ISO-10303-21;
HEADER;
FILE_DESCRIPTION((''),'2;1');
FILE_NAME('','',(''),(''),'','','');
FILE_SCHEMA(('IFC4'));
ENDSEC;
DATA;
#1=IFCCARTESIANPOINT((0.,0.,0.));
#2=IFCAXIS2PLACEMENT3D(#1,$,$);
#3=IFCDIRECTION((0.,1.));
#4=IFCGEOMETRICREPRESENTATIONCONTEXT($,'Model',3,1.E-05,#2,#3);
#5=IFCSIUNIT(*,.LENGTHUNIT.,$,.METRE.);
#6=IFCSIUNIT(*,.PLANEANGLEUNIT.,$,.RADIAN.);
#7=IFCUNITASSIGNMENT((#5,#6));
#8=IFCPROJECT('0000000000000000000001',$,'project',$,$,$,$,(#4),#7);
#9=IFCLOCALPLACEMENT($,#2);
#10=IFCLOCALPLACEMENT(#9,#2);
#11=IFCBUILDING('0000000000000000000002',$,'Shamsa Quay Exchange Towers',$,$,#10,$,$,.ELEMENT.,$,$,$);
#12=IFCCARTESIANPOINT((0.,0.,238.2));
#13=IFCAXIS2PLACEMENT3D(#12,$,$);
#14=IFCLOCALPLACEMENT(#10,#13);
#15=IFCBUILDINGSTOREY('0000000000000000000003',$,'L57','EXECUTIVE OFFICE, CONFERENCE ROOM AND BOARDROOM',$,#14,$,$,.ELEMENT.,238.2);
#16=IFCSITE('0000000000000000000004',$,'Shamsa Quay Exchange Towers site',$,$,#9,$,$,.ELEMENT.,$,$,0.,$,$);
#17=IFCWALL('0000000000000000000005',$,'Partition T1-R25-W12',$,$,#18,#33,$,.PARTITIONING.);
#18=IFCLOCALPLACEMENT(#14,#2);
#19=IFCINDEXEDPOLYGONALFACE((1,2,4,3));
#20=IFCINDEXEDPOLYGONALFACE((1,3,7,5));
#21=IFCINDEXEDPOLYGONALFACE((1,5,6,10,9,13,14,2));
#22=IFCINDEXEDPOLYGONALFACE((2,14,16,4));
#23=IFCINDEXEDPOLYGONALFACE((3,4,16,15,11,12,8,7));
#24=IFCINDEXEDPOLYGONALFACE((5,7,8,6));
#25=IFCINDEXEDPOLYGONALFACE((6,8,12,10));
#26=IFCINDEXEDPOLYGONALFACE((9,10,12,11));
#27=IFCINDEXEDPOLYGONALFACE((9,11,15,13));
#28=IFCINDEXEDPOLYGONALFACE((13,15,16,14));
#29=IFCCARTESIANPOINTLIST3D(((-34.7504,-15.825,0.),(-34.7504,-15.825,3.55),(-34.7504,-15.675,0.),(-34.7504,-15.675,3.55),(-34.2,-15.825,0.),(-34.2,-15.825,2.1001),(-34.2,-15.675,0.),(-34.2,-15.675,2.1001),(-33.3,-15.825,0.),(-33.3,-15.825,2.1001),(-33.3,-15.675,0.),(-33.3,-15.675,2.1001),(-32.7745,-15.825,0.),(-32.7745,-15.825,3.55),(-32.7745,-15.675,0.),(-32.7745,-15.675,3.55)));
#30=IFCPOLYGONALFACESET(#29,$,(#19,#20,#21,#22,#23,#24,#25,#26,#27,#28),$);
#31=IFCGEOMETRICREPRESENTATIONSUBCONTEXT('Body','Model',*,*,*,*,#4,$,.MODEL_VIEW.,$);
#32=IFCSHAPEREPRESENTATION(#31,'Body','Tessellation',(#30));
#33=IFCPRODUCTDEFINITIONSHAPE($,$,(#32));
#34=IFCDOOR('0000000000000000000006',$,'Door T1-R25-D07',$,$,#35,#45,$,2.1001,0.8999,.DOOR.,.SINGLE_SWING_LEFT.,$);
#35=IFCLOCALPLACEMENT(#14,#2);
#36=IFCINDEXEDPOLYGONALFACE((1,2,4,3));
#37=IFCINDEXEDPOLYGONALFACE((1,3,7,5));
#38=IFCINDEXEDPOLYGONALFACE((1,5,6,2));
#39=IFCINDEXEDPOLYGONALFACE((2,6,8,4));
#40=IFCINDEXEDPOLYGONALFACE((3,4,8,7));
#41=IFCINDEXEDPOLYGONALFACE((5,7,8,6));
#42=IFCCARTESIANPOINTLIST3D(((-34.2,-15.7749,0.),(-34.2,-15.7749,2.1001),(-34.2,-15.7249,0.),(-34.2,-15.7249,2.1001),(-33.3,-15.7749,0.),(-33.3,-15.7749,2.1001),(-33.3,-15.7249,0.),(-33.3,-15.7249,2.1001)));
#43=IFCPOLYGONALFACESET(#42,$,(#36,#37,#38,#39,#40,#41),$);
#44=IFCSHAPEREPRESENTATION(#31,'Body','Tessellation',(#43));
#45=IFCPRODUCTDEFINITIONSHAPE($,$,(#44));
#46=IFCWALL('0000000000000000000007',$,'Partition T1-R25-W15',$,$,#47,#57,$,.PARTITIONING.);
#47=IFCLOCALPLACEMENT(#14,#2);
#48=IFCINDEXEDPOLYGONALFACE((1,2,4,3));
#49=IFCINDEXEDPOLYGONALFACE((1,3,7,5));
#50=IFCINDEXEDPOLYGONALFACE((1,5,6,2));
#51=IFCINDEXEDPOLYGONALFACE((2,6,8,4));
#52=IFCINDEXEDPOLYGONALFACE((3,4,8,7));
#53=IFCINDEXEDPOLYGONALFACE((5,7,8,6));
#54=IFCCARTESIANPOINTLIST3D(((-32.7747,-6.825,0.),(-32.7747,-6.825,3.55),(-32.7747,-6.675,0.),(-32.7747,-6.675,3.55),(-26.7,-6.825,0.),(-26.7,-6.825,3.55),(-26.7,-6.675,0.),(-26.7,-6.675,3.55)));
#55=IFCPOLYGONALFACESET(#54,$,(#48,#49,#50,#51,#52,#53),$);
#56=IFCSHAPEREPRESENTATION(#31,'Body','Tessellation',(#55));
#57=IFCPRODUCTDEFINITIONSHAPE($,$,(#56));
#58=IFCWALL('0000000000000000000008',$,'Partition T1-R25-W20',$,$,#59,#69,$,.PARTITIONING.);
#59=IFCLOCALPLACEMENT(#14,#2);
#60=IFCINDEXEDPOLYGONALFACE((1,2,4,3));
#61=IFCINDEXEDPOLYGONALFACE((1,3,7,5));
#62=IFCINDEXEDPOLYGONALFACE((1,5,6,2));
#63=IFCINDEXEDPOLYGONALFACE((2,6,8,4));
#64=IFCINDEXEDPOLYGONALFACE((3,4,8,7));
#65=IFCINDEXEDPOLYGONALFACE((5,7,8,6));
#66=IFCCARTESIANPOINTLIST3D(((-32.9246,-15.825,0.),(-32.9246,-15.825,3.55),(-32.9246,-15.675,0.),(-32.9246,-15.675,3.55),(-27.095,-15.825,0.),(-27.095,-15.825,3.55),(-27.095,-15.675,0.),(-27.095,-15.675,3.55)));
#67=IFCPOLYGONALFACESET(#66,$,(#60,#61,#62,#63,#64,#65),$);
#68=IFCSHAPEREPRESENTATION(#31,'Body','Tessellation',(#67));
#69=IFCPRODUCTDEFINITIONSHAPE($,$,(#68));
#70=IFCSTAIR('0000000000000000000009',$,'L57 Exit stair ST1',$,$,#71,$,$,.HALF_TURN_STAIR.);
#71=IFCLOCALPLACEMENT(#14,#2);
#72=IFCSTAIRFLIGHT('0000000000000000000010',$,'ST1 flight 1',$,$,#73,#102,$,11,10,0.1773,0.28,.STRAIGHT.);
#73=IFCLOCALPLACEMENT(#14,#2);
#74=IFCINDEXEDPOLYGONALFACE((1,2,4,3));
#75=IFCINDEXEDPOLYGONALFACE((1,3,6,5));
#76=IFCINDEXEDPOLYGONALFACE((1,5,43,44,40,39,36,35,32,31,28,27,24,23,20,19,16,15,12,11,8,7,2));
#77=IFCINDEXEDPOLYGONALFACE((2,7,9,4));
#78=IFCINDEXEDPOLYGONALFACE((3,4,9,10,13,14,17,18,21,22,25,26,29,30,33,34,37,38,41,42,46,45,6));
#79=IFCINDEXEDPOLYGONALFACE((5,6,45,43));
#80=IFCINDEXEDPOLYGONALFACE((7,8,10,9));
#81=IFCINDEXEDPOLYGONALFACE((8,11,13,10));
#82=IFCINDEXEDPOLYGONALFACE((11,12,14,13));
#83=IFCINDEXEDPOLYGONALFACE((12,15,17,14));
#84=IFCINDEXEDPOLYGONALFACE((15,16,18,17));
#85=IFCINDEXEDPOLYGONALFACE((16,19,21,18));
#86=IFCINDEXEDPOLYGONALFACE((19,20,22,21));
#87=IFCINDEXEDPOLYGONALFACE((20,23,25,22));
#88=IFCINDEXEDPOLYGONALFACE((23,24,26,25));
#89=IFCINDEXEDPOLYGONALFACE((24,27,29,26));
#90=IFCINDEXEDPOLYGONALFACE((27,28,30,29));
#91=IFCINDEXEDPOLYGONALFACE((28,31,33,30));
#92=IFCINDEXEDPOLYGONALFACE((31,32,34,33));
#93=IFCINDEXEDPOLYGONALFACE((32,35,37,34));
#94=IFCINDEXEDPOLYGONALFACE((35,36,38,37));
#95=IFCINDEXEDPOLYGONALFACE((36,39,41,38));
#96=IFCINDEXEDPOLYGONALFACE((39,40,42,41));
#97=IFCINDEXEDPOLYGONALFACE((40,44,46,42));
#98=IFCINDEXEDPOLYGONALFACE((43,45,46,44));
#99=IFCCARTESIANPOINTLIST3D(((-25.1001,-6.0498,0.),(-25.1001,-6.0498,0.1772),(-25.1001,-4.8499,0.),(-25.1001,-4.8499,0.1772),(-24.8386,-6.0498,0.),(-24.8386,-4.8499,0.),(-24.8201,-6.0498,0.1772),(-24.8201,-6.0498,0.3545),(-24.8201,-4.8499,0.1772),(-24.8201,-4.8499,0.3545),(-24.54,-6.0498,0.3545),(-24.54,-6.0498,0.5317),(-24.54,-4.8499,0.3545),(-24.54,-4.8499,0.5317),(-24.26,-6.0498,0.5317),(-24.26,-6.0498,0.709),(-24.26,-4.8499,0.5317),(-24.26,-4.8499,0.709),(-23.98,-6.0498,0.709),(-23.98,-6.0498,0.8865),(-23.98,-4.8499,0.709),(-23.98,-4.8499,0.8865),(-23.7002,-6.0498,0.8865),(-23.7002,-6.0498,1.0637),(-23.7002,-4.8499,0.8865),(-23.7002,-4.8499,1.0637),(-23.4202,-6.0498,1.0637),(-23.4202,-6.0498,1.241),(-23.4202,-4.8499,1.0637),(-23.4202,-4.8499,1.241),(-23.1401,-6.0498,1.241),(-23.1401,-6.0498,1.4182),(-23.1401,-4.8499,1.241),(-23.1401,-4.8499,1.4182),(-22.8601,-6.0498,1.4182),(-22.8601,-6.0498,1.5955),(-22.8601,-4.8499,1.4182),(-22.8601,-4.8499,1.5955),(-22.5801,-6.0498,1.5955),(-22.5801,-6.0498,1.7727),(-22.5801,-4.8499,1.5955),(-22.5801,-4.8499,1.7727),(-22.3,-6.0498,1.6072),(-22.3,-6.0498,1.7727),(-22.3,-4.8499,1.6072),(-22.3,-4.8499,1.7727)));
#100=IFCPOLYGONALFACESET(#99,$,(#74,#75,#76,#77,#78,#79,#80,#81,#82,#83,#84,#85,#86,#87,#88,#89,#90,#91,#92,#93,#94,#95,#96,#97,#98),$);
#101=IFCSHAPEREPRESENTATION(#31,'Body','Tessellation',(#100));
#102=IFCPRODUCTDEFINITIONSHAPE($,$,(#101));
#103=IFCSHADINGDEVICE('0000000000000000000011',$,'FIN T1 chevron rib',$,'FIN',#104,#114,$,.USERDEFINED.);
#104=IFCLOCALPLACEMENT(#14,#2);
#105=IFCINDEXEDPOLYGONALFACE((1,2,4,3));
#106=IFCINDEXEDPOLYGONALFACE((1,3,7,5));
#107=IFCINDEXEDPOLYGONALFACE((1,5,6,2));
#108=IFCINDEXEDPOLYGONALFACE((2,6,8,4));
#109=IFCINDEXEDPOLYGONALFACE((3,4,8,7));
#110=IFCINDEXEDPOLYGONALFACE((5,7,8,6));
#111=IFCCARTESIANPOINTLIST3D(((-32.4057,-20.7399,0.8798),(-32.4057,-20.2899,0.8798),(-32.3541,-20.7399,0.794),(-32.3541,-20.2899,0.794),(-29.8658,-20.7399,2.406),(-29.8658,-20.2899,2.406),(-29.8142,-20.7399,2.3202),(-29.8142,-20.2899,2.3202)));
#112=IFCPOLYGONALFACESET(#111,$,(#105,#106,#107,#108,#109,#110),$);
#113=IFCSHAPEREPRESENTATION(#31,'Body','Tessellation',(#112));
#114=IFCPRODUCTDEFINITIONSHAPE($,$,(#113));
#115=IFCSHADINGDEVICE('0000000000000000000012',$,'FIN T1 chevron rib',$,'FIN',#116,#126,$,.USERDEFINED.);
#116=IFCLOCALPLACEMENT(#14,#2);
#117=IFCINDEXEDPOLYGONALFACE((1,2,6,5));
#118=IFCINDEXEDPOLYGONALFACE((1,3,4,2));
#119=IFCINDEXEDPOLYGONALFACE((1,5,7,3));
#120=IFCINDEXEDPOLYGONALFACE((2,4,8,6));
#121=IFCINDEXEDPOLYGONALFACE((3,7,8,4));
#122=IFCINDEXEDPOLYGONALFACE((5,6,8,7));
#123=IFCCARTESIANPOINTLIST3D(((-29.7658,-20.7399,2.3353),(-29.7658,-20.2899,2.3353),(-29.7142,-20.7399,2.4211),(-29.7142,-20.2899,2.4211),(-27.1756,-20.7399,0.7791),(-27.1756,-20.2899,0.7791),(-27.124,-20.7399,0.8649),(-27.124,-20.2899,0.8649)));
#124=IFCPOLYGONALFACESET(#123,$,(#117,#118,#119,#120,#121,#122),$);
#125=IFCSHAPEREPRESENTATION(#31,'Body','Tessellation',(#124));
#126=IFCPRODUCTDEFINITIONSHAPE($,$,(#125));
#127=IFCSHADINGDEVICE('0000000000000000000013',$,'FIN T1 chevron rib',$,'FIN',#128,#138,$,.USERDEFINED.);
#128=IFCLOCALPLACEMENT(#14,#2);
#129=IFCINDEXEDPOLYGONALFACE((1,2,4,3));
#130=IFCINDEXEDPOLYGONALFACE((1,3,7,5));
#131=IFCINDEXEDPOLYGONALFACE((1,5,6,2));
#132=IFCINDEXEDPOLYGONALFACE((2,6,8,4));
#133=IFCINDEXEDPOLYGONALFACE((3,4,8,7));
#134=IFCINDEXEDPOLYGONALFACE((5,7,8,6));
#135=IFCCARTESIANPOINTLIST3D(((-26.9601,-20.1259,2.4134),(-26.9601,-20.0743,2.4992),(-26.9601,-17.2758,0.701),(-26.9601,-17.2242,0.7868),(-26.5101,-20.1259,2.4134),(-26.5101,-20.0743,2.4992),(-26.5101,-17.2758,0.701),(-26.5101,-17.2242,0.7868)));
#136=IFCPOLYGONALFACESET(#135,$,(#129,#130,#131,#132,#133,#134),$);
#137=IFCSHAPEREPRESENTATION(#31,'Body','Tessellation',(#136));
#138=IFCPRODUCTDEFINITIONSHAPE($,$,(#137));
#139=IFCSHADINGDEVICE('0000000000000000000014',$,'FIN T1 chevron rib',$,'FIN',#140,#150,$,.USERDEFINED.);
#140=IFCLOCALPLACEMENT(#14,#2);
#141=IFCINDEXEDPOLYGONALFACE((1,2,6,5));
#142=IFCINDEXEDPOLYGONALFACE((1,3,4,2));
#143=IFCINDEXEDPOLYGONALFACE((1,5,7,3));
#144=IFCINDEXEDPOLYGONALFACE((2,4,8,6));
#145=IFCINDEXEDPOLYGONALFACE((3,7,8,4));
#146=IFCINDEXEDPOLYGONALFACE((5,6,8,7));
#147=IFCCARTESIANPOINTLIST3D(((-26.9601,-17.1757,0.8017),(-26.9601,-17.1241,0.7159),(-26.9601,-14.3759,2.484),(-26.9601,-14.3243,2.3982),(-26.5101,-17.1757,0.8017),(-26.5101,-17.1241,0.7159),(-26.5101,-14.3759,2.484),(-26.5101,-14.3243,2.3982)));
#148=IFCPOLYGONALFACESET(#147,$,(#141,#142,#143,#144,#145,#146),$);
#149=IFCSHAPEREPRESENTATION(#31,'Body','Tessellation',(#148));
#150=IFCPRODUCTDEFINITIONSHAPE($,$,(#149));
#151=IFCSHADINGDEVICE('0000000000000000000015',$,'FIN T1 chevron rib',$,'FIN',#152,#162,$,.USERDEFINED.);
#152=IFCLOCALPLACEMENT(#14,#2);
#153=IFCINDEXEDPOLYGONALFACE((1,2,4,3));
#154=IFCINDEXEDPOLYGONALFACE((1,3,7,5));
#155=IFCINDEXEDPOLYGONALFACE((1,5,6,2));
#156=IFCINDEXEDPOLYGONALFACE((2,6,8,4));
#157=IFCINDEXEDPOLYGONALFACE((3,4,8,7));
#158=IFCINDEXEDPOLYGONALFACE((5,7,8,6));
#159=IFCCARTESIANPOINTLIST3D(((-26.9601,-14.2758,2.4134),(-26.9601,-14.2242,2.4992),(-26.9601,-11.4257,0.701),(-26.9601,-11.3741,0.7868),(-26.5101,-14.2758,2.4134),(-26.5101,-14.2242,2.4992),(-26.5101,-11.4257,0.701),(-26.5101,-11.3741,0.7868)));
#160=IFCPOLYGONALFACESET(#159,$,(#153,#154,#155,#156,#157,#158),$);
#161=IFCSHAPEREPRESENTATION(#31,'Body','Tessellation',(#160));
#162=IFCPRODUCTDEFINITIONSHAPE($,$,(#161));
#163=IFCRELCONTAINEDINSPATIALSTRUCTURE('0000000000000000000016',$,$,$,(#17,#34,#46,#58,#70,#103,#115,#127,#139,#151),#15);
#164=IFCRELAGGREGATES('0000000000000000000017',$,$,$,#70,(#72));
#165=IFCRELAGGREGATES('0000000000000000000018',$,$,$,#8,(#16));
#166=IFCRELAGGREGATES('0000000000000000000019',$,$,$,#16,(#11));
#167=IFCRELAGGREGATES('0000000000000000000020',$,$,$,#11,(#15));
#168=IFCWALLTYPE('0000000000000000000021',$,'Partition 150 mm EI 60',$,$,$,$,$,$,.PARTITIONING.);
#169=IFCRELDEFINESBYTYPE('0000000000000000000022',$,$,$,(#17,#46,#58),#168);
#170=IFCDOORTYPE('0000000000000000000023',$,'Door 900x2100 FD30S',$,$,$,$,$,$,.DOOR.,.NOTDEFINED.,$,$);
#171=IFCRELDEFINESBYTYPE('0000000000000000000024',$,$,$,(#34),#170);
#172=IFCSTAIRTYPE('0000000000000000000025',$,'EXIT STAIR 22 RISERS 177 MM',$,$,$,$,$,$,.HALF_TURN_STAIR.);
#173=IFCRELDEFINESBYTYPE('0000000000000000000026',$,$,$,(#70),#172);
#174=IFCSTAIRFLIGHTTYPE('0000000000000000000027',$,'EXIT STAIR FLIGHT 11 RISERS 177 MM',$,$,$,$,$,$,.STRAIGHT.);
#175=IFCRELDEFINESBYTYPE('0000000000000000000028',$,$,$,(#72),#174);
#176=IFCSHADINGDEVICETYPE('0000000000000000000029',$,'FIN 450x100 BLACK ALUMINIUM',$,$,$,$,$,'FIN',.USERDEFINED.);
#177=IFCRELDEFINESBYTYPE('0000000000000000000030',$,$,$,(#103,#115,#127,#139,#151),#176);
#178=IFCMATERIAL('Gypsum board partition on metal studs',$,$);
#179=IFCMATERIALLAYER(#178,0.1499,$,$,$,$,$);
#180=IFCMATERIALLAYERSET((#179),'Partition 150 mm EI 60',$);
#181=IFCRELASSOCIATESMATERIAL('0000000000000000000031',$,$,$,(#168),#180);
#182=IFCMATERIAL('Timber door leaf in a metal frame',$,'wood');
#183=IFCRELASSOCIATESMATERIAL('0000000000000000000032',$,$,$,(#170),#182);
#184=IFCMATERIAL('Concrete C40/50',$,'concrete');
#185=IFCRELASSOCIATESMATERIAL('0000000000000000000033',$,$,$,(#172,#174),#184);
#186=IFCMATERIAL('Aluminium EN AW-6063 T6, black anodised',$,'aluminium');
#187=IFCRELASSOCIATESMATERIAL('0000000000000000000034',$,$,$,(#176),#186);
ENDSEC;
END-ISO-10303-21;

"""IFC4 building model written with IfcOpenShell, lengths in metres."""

from ifc_helpers import new_model, si_unit, direction, frame, frame_2d, origin, origin_2d, place, context, subcontext, project, spatial, polyline, rectangle, outline, extrude, material, layer, layer_set, material_profile, profile_set, type_object, element, fill, aggregate, save


model = new_model("IFC4")

# Units and contexts
model_context = context("Model", 3, precision=1e-05, world=origin(), true_north=direction((0.0, 1.0)))
body_context = subcontext(model_context, "Body", "Model", "MODEL_VIEW")
ifc_project = project(units=[si_unit("LENGTHUNIT", "METRE"), si_unit("PLANEANGLEUNIT", "RADIAN")], contexts=[model_context])

# Site, building, storey
site_placement = place(None, origin())
site = spatial("IfcSite", under=ifc_project, at=site_placement, Name="Shamsa Quay Exchange Towers site", CompositionType="ELEMENT", RefElevation=0.0)
building_placement = place(site_placement, origin())
building = spatial("IfcBuilding", under=site, at=building_placement, Name="Shamsa Quay Exchange Towers", CompositionType="ELEMENT")
storey_placement = place(building_placement, frame((0.0, 0.0, 238.2)))
storey = spatial("IfcBuildingStorey", under=building, at=storey_placement, Name="L57", Description="EXECUTIVE OFFICE, CONFERENCE ROOM AND BOARDROOM", CompositionType="ELEMENT", Elevation=238.2)

# Shared definitions
ifc_material_1 = material(Name="Aluminium EN AW-6063 T6, black anodised", Category="aluminium")

# Shared definitions
ifc_material_2 = material(Name="Timber door leaf in a metal frame", Category="wood")

# Wall, opening, door
ifc_material_3 = material(Name="Gypsum board partition on metal studs")
ifc_layer_1 = layer(ifc_material_3, 0.1499)
ifc_layer_set_1 = layer_set([ifc_layer_1], Name="Partition 150 mm EI 60")
wall_type_1 = type_object("IfcWallType", Name="Partition 150 mm EI 60", PredefinedType="PARTITIONING", material=ifc_layer_set_1)
wall_1_placement = place(storey_placement, frame((-32.7747, -15.75, 0.0), z_axis=(0.0, 0.0, 1.0), x_axis=(-1.0, 0.0, 0.0)))
wall_1 = element("IfcWall", 1, at=wall_1_placement, inside=storey, type_object=wall_type_1, Name="Partition T1-R25-W12", PredefinedType="PARTITIONING", context=body_context, shape_type="SweptSolid", body=[
    extrude(rectangle(XDim=1.9758, YDim=0.1499, at=frame_2d((0.9878, 0.0))), origin(), (0.0, 0.0, 1.0), 3.55),
])
opening_1_placement = place(wall_1_placement, frame((0.5254, 0.0, 0.0)))
opening_1 = element("IfcOpeningElement", 2, at=opening_1_placement, cuts=wall_1, PredefinedType="OPENING", context=body_context, shape_type="SweptSolid", body=[
    extrude(rectangle(XDim=0.8999, YDim=2.1001, at=frame_2d((0.45, 1.05))), frame((0.0, 0.085, 0.0), z_axis=(0.0, -1.0, 0.0), x_axis=(1.0, 0.0, 0.0)), (0.0, 0.0, 1.0), 0.1699),
])
door_type_1 = type_object("IfcDoorType", Name="Door 900x2100 FD30S", OperationType="NOTDEFINED", PredefinedType="DOOR", material=ifc_material_2)
door_1_placement = place(opening_1_placement, origin())
door_1 = element("IfcDoor", 3, at=door_1_placement, inside=storey, type_object=door_type_1, Name="Door T1-R25-D07", OperationType="SINGLE_SWING_LEFT", OverallHeight=2.1001, OverallWidth=0.8999, PredefinedType="DOOR", context=body_context, shape_type="SweptSolid", body=[
    extrude(rectangle(XDim=0.8999, YDim=2.1001, at=frame_2d((0.45, 1.05))), frame((0.0, 0.0249, 0.0), z_axis=(0.0, -1.0, 0.0), x_axis=(1.0, 0.0, 0.0)), (0.0, 0.0, 1.0), 0.05),
])
fill(opening_1, door_1)

# Walls
wall_2_placement = place(storey_placement, frame((-32.7747, -6.75, 0.0)))
element("IfcWall", 4, at=wall_2_placement, inside=storey, type_object=wall_type_1, Name="Partition T1-R25-W15", PredefinedType="PARTITIONING", context=body_context, shape_type="SweptSolid", body=[
    extrude(rectangle(XDim=6.0747, YDim=0.1499, at=frame_2d((3.0374, 0.0))), origin(), (0.0, 0.0, 1.0), 3.55),
])
wall_3_placement = place(storey_placement, frame((-32.9246, -15.75, 0.0)))
element("IfcWall", 5, at=wall_3_placement, inside=storey, type_object=wall_type_1, Name="Partition T1-R25-W20", PredefinedType="PARTITIONING", context=body_context, shape_type="SweptSolid", body=[
    extrude(rectangle(XDim=5.8296, YDim=0.1499, at=frame_2d((2.9148, 0.0))), origin(), (0.0, 0.0, 1.0), 3.55),
])

# Stair, stair flight
ifc_material_4 = material(Name="Concrete C40/50", Category="concrete")
stair_type = type_object("IfcStairType", Name="EXIT STAIR 22 RISERS 177 MM", PredefinedType="HALF_TURN_STAIR", material=ifc_material_4)
stair_placement = place(storey_placement, origin())
stair = element("IfcStair", 6, at=stair_placement, inside=storey, type_object=stair_type, Name="L57 Exit stair ST1", PredefinedType="HALF_TURN_STAIR")
stair_flight_type = type_object("IfcStairFlightType", Name="EXIT STAIR FLIGHT 11 RISERS 177 MM", PredefinedType="STRAIGHT", material=ifc_material_4)
stair_flight_placement = place(storey_placement, frame((-25.1001, -5.45, 0.0)))
stair_flight = element("IfcStairFlight", 7, at=stair_flight_placement, type_object=stair_flight_type, Name="ST1 flight 1", NumberOfRisers=11, NumberOfTreads=10, PredefinedType="STRAIGHT", RiserHeight=0.1773, TreadLength=0.28, context=body_context, shape_type="SweptSolid", body=[
    extrude(outline(polyline([(0.0, 0.0), (0.0, 0.1772), (0.28, 0.1772), (0.28, 0.3545), (0.5601, 0.3545), (0.5601, 0.5317), (0.8401, 0.5317), (0.8401, 0.709), (1.1201, 0.709), (1.1201, 0.8865), (1.3999, 0.8865), (1.3999, 1.0637), (1.6799, 1.0637), (1.6799, 1.241), (1.96, 1.241), (1.96, 1.4182), (2.24, 1.4182), (2.24, 1.5955), (2.52, 1.5955), (2.52, 1.7727), (2.8, 1.7727), (2.8, 1.95), (2.8, 1.6072), (0.2615, 0.0), (0.0, 0.0)])), frame((0.0, 0.6001, 0.0), z_axis=(0.0, -1.0, 0.0), x_axis=(1.0, 0.0, 0.0)), (0.0, 0.0, 1.0), 1.2),
])
aggregate(stair, [stair_flight])

# Shading devices
ifc_material_profile_1 = material_profile(ifc_material_1, rectangle(XDim=0.45, YDim=0.1001, at=origin_2d()), Name="FIN450x100")
ifc_profile_set_1 = profile_set([ifc_material_profile_1], Name="Aluminium EN AW-6063 T6, black anodised")
shading_device_type = type_object("IfcShadingDeviceType", Name="FIN 450x100 BLACK ALUMINIUM", ElementType="FIN", PredefinedType="USERDEFINED", material=ifc_profile_set_1)
shading_device_1_placement = place(storey_placement, frame((-32.3799, -20.5149, 0.8369), z_axis=(0.857158, 0.0, 0.515053), x_axis=(0.0, 1.0, 0.0)))
element("IfcShadingDevice", 8, at=shading_device_1_placement, inside=storey, type_object=shading_device_type, Name="FIN T1 chevron rib", ObjectType="FIN", PredefinedType="USERDEFINED", context=body_context, shape_type="SweptSolid", body=[
    extrude(rectangle(XDim=0.45, YDim=0.1001, at=origin_2d()), origin(), (0.0, 0.0, 1.0), 2.9631),
])
shading_device_2_placement = place(storey_placement, frame((-29.74, -20.5149, 2.3782), z_axis=(0.857186, 0.0, -0.515007), x_axis=(0.0, 1.0, 0.0)))
element("IfcShadingDevice", 9, at=shading_device_2_placement, inside=storey, type_object=shading_device_type, Name="FIN T1 chevron rib", ObjectType="FIN", PredefinedType="USERDEFINED", context=body_context, shape_type="SweptSolid", body=[
    extrude(rectangle(XDim=0.45, YDim=0.1001, at=origin_2d()), origin(), (0.0, 0.0, 1.0), 3.0217),
])
shading_device_3_placement = place(storey_placement, frame((-26.7351, -20.1001, 2.4563), z_axis=(0.0, 0.857182, -0.515014), x_axis=(-1.0, 0.0, 0.0)))
element("IfcShadingDevice", 10, at=shading_device_3_placement, inside=storey, type_object=shading_device_type, Name="FIN T1 chevron rib", ObjectType="FIN", PredefinedType="USERDEFINED", context=body_context, shape_type="SweptSolid", body=[
    extrude(rectangle(XDim=0.45, YDim=0.1001, at=origin_2d()), origin(), (0.0, 0.0, 1.0), 3.325),
])
shading_device_4_placement = place(storey_placement, frame((-26.7351, -17.1499, 0.7588), z_axis=(0.0, 0.857156, 0.515056), x_axis=(-1.0, 0.0, 0.0)))
element("IfcShadingDevice", 11, at=shading_device_4_placement, inside=storey, type_object=shading_device_type, Name="FIN T1 chevron rib", ObjectType="FIN", PredefinedType="USERDEFINED", context=body_context, shape_type="SweptSolid", body=[
    extrude(rectangle(XDim=0.45, YDim=0.1001, at=origin_2d()), origin(), (0.0, 0.0, 1.0), 3.2664),
])
shading_device_5_placement = place(storey_placement, frame((-26.7351, -14.25, 2.4563), z_axis=(0.0, 0.857182, -0.515014), x_axis=(-1.0, 0.0, 0.0)))
element("IfcShadingDevice", 12, at=shading_device_5_placement, inside=storey, type_object=shading_device_type, Name="FIN T1 chevron rib", ObjectType="FIN", PredefinedType="USERDEFINED", context=body_context, shape_type="SweptSolid", body=[
    extrude(rectangle(XDim=0.45, YDim=0.1001, at=origin_2d()), origin(), (0.0, 0.0, 1.0), 3.325),
])

save(model, "model.ifc")
